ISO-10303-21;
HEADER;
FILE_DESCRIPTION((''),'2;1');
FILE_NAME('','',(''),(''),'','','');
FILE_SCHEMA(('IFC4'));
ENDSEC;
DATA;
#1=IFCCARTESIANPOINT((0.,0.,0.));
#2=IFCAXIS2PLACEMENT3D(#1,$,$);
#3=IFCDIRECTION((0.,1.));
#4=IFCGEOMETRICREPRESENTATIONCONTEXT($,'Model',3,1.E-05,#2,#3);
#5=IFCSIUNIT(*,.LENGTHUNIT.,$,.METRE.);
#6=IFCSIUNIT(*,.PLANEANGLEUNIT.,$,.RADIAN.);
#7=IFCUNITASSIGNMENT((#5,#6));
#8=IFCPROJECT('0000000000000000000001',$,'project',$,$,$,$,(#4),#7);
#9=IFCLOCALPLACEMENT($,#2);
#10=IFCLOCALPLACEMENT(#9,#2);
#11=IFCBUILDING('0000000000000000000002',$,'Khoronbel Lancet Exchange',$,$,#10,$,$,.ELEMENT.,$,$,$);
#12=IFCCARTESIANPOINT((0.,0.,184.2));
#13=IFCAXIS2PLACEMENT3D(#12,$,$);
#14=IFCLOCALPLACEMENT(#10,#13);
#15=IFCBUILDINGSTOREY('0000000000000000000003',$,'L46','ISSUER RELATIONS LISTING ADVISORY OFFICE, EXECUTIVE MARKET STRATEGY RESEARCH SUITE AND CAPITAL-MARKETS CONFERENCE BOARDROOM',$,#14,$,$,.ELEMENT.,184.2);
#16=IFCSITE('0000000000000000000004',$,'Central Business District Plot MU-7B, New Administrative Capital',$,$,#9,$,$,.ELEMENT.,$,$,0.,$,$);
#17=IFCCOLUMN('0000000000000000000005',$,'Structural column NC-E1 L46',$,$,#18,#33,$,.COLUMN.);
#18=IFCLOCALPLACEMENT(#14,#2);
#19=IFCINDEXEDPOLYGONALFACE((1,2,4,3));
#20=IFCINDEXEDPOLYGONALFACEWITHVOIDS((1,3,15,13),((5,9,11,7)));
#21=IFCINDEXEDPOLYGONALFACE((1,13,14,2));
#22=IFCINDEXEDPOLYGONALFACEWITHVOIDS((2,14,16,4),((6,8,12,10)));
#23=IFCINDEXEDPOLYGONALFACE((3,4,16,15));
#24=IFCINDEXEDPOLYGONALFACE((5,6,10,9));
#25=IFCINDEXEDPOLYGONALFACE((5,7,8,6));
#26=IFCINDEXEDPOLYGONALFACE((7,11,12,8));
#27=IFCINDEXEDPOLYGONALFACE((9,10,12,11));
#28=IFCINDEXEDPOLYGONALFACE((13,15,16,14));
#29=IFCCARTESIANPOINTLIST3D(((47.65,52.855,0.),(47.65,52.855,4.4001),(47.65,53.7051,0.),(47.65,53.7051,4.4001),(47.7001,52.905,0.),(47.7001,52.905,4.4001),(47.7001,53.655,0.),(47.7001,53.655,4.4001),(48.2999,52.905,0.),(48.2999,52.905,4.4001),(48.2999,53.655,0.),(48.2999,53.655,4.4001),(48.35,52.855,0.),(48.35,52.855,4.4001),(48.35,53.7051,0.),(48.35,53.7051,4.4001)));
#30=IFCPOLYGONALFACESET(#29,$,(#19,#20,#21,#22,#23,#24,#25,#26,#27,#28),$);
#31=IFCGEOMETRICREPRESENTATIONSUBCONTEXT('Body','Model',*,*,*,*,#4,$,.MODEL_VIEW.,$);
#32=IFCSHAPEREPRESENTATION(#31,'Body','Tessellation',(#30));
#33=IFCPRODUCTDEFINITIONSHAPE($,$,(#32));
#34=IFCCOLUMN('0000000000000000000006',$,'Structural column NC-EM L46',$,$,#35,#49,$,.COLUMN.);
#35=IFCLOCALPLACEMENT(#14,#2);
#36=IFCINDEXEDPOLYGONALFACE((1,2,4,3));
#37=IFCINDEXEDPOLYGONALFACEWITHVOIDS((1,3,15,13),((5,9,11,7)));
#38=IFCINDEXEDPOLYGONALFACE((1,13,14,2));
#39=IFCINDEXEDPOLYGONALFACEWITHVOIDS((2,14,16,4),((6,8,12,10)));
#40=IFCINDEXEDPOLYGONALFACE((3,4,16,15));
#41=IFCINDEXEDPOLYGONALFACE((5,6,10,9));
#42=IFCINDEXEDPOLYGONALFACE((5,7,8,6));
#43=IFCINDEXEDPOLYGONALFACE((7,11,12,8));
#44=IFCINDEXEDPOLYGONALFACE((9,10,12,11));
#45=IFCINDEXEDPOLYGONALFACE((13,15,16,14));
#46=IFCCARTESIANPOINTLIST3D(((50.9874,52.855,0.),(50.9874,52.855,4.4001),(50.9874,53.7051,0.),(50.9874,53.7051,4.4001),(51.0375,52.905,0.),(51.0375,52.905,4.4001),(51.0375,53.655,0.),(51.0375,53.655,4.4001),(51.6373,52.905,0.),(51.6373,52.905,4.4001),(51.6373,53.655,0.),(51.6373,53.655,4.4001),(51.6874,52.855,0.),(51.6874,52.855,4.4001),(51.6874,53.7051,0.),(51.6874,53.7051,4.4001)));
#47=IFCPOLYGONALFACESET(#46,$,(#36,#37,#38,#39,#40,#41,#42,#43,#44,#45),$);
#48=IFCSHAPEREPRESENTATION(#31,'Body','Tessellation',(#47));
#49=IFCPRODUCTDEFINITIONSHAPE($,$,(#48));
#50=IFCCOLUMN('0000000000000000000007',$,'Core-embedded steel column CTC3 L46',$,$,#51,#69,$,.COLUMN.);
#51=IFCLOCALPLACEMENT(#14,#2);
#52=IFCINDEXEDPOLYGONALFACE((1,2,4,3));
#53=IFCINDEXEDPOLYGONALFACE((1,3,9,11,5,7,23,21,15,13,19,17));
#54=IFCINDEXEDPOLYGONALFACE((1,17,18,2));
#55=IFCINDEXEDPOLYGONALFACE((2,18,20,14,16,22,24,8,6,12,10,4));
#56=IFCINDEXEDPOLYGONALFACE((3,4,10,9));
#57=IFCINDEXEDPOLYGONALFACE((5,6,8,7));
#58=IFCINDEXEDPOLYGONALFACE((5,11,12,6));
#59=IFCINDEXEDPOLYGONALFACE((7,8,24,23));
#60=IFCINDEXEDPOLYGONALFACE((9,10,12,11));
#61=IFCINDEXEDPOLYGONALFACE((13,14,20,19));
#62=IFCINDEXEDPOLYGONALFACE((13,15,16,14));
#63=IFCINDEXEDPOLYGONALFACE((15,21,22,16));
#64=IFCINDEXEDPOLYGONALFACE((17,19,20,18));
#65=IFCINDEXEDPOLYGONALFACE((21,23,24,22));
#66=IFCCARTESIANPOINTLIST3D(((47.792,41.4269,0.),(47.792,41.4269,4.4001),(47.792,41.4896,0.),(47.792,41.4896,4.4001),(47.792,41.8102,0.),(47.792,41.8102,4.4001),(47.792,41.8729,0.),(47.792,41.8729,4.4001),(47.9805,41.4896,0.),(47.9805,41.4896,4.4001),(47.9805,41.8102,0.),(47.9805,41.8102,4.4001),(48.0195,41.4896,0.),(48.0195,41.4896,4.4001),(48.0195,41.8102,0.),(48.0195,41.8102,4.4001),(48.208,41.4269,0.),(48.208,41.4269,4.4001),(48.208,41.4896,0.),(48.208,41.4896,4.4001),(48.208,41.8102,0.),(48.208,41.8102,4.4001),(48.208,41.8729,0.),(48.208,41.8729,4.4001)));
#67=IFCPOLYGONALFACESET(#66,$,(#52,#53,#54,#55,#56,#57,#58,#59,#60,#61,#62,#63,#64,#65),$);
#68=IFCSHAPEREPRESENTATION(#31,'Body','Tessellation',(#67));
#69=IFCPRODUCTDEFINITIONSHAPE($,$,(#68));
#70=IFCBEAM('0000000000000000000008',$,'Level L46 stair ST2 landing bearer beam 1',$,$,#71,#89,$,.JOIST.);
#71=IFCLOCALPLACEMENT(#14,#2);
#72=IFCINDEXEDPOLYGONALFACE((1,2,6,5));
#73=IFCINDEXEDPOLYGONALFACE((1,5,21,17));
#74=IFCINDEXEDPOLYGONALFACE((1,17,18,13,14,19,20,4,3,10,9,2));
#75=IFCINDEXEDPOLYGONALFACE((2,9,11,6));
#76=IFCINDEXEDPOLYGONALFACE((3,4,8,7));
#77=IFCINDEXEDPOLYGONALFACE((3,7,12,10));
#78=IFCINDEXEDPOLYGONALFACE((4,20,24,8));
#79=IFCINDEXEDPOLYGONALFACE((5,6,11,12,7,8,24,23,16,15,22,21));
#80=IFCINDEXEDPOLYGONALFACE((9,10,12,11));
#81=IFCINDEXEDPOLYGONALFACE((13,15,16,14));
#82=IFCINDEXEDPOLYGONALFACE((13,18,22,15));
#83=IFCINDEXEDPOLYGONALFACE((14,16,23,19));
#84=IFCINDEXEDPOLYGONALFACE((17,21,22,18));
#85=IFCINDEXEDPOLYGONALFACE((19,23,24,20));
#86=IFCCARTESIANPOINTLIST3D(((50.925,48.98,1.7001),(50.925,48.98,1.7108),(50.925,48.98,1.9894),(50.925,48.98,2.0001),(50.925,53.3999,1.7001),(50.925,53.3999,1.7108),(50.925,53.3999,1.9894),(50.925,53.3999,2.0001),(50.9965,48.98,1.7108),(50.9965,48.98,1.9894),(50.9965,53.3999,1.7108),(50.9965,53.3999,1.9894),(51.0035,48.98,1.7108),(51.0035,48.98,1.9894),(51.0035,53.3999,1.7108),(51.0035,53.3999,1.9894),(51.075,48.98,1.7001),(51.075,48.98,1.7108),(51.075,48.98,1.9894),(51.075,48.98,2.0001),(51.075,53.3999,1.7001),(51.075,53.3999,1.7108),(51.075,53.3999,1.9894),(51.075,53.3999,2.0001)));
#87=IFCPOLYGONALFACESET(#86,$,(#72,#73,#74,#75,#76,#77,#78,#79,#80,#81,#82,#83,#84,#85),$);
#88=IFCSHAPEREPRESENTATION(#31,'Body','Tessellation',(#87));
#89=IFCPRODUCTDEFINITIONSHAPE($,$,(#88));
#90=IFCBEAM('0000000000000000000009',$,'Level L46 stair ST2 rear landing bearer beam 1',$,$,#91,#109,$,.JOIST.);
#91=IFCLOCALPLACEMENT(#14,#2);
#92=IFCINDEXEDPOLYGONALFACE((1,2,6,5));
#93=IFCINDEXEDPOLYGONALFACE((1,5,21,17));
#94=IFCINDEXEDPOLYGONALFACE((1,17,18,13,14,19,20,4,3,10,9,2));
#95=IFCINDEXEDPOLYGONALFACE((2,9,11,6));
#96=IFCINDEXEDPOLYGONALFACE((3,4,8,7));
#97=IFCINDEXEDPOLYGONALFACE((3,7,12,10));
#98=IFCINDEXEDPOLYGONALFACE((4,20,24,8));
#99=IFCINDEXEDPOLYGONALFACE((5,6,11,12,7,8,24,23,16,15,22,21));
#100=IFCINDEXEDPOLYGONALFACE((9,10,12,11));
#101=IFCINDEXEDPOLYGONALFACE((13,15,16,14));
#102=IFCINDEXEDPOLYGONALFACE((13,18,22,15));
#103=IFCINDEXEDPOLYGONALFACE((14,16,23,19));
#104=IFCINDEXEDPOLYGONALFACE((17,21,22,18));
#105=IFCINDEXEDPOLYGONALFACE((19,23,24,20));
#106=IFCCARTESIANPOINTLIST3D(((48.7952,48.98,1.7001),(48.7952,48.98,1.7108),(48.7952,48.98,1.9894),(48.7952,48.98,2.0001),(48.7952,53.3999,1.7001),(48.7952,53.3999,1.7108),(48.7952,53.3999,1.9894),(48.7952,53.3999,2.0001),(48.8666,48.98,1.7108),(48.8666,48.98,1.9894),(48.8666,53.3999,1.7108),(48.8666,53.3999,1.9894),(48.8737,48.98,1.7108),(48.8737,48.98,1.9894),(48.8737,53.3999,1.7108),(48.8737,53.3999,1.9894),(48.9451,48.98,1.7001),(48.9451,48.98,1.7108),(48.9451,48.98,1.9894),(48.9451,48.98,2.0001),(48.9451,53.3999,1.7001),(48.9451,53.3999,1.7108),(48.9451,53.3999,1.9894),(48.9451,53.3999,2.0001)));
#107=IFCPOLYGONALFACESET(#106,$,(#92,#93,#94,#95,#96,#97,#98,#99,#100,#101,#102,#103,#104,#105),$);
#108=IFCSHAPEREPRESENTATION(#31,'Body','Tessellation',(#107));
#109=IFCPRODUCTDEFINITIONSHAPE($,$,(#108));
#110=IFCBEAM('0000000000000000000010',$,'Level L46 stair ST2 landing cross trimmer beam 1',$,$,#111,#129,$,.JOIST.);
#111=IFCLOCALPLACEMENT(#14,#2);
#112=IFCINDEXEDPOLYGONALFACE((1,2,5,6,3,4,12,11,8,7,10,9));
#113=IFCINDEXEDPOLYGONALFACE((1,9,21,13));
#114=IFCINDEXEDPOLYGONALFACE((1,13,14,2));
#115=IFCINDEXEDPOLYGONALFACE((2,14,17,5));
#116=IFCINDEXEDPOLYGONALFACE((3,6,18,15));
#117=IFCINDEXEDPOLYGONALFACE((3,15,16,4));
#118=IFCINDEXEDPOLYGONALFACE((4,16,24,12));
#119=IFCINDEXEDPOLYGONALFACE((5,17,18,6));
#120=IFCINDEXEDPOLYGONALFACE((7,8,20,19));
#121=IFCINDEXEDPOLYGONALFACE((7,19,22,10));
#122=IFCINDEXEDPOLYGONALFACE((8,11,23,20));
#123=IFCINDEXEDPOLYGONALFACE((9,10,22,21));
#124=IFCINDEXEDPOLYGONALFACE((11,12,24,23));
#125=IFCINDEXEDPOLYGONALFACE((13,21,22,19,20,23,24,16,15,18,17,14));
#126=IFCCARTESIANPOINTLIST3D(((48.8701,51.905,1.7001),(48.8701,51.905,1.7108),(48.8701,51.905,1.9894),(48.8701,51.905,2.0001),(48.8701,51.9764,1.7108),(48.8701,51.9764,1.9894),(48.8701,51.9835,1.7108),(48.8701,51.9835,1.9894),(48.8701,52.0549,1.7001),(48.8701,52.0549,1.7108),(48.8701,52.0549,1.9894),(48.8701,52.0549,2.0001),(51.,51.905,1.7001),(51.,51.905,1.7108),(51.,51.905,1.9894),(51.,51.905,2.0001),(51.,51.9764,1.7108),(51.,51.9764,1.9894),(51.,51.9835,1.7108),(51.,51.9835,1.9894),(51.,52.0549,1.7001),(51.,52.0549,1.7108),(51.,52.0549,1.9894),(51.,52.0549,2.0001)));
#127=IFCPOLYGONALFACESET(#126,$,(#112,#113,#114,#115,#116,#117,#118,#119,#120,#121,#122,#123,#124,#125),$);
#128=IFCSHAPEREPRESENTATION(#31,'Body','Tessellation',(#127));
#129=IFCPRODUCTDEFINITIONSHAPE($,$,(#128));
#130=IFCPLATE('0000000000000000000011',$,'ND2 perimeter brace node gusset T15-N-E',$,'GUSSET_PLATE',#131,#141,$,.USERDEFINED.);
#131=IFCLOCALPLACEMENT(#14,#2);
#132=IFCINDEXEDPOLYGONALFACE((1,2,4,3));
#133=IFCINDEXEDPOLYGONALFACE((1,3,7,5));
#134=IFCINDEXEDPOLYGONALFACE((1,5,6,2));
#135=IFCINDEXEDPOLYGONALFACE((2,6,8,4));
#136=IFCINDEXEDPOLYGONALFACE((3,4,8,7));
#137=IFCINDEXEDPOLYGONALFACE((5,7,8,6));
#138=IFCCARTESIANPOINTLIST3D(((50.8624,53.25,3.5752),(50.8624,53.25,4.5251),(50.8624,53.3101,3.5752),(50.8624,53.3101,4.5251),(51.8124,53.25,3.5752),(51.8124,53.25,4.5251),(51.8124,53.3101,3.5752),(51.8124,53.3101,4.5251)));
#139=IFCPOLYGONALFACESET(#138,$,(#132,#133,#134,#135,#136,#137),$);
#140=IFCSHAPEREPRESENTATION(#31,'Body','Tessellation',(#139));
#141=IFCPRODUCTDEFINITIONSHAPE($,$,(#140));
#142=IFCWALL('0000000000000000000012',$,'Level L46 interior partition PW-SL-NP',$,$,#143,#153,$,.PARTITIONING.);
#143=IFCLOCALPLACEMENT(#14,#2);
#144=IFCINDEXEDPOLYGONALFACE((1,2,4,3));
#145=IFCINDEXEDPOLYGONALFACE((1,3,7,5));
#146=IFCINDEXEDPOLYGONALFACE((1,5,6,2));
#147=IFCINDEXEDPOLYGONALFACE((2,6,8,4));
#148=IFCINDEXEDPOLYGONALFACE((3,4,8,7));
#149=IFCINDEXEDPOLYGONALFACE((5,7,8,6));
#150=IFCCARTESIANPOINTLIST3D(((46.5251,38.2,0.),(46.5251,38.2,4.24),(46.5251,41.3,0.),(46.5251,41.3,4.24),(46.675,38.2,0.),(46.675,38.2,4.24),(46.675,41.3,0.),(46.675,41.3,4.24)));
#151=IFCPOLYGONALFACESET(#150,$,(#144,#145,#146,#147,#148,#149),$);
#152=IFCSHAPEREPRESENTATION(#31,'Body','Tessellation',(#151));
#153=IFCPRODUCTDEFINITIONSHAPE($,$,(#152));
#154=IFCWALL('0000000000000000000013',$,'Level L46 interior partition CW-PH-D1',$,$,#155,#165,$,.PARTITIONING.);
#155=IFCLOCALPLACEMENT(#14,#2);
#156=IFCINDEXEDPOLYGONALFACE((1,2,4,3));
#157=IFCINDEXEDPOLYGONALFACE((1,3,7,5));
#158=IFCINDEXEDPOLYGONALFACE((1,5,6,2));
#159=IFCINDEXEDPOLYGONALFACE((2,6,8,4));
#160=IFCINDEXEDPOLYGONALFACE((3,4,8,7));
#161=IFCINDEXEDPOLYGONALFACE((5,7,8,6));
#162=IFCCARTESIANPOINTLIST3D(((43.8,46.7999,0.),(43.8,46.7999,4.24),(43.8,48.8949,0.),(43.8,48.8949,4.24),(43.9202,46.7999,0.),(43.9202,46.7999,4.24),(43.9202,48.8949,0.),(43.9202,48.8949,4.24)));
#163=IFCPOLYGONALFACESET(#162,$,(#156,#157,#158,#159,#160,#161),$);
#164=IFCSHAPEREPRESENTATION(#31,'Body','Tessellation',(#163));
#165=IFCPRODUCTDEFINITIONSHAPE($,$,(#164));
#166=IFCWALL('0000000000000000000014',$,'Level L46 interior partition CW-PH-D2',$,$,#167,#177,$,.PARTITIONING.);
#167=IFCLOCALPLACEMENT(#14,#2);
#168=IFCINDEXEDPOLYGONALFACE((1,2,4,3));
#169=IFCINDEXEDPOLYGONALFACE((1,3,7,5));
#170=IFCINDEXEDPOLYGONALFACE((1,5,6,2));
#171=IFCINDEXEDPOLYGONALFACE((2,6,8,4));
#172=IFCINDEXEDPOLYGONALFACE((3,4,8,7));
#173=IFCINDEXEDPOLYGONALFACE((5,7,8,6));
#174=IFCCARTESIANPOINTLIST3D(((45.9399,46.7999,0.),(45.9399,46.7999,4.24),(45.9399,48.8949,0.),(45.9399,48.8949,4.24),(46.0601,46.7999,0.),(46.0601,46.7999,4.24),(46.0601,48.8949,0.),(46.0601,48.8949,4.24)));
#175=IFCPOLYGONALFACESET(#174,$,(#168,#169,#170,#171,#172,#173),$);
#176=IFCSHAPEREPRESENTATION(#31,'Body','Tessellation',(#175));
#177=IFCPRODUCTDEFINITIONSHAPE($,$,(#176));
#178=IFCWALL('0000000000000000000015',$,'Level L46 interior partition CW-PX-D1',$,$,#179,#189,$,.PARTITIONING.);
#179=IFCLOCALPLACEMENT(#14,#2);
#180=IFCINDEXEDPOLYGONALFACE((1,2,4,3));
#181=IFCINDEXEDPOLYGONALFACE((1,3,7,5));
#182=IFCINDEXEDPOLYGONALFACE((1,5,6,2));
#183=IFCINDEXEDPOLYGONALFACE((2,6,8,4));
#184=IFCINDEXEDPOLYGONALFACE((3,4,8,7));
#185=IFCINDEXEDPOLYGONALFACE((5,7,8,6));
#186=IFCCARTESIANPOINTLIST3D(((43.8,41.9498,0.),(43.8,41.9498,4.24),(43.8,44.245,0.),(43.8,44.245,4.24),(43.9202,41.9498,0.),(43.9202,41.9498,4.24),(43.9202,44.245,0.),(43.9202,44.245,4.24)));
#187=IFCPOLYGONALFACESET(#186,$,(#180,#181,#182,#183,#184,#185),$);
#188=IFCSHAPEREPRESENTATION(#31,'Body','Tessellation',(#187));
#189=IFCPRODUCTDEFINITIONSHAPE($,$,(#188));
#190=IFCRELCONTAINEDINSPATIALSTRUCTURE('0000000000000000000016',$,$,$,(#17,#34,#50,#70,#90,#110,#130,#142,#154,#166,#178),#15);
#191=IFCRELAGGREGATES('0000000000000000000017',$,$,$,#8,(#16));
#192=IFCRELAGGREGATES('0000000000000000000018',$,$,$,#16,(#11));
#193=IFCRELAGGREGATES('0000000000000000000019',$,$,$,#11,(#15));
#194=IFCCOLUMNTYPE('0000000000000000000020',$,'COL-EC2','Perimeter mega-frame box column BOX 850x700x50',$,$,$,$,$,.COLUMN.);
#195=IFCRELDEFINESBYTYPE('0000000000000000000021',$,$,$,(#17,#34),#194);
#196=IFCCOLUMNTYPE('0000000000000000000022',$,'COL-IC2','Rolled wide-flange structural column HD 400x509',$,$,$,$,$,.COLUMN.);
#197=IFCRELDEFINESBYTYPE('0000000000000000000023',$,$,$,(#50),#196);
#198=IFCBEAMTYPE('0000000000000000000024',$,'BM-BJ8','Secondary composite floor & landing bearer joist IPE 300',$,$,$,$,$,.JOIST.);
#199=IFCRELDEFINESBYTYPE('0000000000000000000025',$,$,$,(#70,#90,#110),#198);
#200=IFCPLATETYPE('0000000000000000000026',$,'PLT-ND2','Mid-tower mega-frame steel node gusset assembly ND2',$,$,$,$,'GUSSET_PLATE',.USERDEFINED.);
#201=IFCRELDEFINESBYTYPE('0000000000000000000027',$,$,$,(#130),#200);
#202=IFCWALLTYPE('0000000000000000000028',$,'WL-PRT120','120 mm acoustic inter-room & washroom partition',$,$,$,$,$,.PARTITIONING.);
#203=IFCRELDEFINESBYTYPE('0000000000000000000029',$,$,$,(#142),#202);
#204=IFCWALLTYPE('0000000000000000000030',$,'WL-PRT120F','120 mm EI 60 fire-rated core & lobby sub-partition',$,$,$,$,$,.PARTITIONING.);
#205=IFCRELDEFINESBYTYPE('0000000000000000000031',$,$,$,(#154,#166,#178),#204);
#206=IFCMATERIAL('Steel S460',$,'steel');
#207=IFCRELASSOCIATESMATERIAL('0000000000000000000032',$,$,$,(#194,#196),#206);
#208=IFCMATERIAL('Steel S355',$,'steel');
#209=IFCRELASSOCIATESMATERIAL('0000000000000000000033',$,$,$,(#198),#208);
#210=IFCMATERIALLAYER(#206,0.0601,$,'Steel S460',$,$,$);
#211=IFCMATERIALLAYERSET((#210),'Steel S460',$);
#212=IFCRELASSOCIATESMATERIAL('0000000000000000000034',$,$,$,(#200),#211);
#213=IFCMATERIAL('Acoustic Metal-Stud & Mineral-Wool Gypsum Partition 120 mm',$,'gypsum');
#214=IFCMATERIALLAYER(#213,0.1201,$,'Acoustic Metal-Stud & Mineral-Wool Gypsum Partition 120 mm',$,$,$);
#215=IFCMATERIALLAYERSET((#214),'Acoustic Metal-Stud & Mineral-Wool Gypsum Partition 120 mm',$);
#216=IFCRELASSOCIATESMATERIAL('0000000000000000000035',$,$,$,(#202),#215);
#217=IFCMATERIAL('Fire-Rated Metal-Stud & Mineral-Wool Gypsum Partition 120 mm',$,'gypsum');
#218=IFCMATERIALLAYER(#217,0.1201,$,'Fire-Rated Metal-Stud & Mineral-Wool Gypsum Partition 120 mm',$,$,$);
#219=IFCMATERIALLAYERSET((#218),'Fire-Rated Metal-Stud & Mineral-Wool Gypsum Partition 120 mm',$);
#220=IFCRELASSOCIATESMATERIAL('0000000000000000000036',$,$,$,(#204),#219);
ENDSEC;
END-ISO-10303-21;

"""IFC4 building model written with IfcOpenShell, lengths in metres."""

from ifc_helpers import new_model, si_unit, direction, frame, frame_2d, origin, origin_2d, place, context, subcontext, project, spatial, rectangle, hollow_rectangle, i_section, extrude, material, layer, layer_set, material_profile, profile_set, type_object, element, save


model = new_model("IFC4")

# Units and contexts
model_context = context("Model", 3, precision=1e-05, world=origin(), true_north=direction((0.0, 1.0)))
body_context = subcontext(model_context, "Body", "Model", "MODEL_VIEW")
ifc_project = project(units=[si_unit("LENGTHUNIT", "METRE"), si_unit("PLANEANGLEUNIT", "RADIAN")], contexts=[model_context])

# Site, building, storey
site_placement = place(None, origin())
site = spatial("IfcSite", under=ifc_project, at=site_placement, Name="Central Business District Plot MU-7B, New Administrative Capital", CompositionType="ELEMENT", RefElevation=0.0)
building_placement = place(site_placement, origin())
building = spatial("IfcBuilding", under=site, at=building_placement, Name="Khoronbel Lancet Exchange", CompositionType="ELEMENT")
storey_placement = place(building_placement, frame((0.0, 0.0, 184.2)))
storey = spatial("IfcBuildingStorey", under=building, at=storey_placement, Name="L46", Description="ISSUER RELATIONS LISTING ADVISORY OFFICE, EXECUTIVE MARKET STRATEGY RESEARCH SUITE AND CAPITAL-MARKETS CONFERENCE BOARDROOM", CompositionType="ELEMENT", Elevation=184.2)

# Columns
ifc_material_1 = material(Name="Steel S460", Category="steel")
ifc_material_profile_1 = material_profile(ifc_material_1, hollow_rectangle(XDim=0.7, YDim=0.8501, WallThickness=0.05, at=origin_2d()), Name="BOX 850x700x50")
ifc_profile_set_1 = profile_set([ifc_material_profile_1], Name="Steel S460")
column_type_1 = type_object("IfcColumnType", Name="COL-EC2", Description="Perimeter mega-frame box column BOX 850x700x50", PredefinedType="COLUMN", material=ifc_profile_set_1)
for number, where, z_axis, x_axis, name in (
    (1, (48.0, 53.28, 0.0), (0.0, 0.0, 1.0), (1.0, 0.0, 0.0), "Structural column NC-E1 L46"),
    (2, (51.3374, 53.28, 0.0), (0.0, 0.0, 1.0), (1.0, 0.0, 0.0), "Structural column NC-EM L46"),
):
    element("IfcColumn", number, at=place(storey_placement, frame(where, z_axis=z_axis, x_axis=x_axis)), inside=storey, type_object=column_type_1, Name=name, PredefinedType="COLUMN", context=body_context, shape_type="SweptSolid", body=[
        extrude(hollow_rectangle(XDim=0.7, YDim=0.8501, WallThickness=0.05, at=origin_2d()), origin(), (0.0, 0.0, 1.0), 4.4001),
    ])
ifc_material_profile_2 = material_profile(ifc_material_1, i_section(OverallWidth=0.416, OverallDepth=0.446, WebThickness=0.0391, FlangeThickness=0.0627, at=origin_2d()), Name="HD 400x509")
ifc_profile_set_2 = profile_set([ifc_material_profile_2], Name="Steel S460")
column_type_2 = type_object("IfcColumnType", Name="COL-IC2", Description="Rolled wide-flange structural column HD 400x509", PredefinedType="COLUMN", material=ifc_profile_set_2)
column_placement = place(storey_placement, frame((48.0, 41.6499, 0.0), z_axis=(0.0, 0.0, 1.0), x_axis=(1.0, 0.0, 0.0)))
element("IfcColumn", 3, at=column_placement, inside=storey, type_object=column_type_2, Name="Core-embedded steel column CTC3 L46", PredefinedType="COLUMN", context=body_context, shape_type="SweptSolid", body=[
    extrude(i_section(OverallWidth=0.416, OverallDepth=0.446, WebThickness=0.0391, FlangeThickness=0.0627, at=origin_2d()), origin(), (0.0, 0.0, 1.0), 4.4001),
])

# Beams
ifc_material_2 = material(Name="Steel S355", Category="steel")
ifc_material_profile_3 = material_profile(ifc_material_2, i_section(OverallWidth=0.1499, OverallDepth=0.3, WebThickness=0.0071, FlangeThickness=0.0107, at=origin_2d()), Name="IPE 300")
ifc_profile_set_3 = profile_set([ifc_material_profile_3], Name="Steel S355")
beam_type = type_object("IfcBeamType", Name="BM-BJ8", Description="Secondary composite floor & landing bearer joist IPE 300", PredefinedType="JOIST", material=ifc_profile_set_3)
for number, where, z_axis, x_axis, name in (
    (4, (51.0, 48.98, 1.8501), (0.0, 1.0, 0.0), (-1.0, 0.0, 0.0), "Level L46 stair ST2 landing bearer beam 1"),
    (5, (48.8701, 48.98, 1.8501), (0.0, 1.0, 0.0), (-1.0, 0.0, 0.0), "Level L46 stair ST2 rear landing bearer beam 1"),
):
    element("IfcBeam", number, at=place(storey_placement, frame(where, z_axis=z_axis, x_axis=x_axis)), inside=storey, type_object=beam_type, Name=name, PredefinedType="JOIST", context=body_context, shape_type="SweptSolid", body=[
        extrude(i_section(OverallWidth=0.1499, OverallDepth=0.3, WebThickness=0.0071, FlangeThickness=0.0107, at=origin_2d()), origin(), (0.0, 0.0, 1.0), 4.4199),
    ])
beam_placement = place(storey_placement, frame((48.8701, 51.98, 1.8501), z_axis=(1.0, 0.0, 0.0), x_axis=(0.0, 1.0, 0.0)))
element("IfcBeam", 6, at=beam_placement, inside=storey, type_object=beam_type, Name="Level L46 stair ST2 landing cross trimmer beam 1", PredefinedType="JOIST", context=body_context, shape_type="SweptSolid", body=[
    extrude(i_section(OverallWidth=0.1499, OverallDepth=0.3, WebThickness=0.0071, FlangeThickness=0.0107, at=origin_2d()), origin(), (0.0, 0.0, 1.0), 2.1299),
])

# Plate
ifc_layer_1 = layer(ifc_material_1, 0.0601, Name="Steel S460")
ifc_layer_set_1 = layer_set([ifc_layer_1], Name="Steel S460")
plate_type = type_object("IfcPlateType", Name="PLT-ND2", Description="Mid-tower mega-frame steel node gusset assembly ND2", ElementType="GUSSET_PLATE", PredefinedType="USERDEFINED", material=ifc_layer_set_1)
plate_placement = place(storey_placement, frame((51.3374, 53.28, 3.5752), z_axis=(0.0, 0.0, 1.0), x_axis=(1.0, 0.0, 0.0)))
element("IfcPlate", 7, at=plate_placement, inside=storey, type_object=plate_type, Name="ND2 perimeter brace node gusset T15-N-E", ObjectType="GUSSET_PLATE", PredefinedType="USERDEFINED", context=body_context, shape_type="SweptSolid", body=[
    extrude(rectangle(XDim=0.95, YDim=0.0601, at=origin_2d()), origin(), (0.0, 0.0, 1.0), 0.95),
])

# Walls
ifc_material_3 = material(Name="Acoustic Metal-Stud & Mineral-Wool Gypsum Partition 120 mm", Category="gypsum")
ifc_layer_2 = layer(ifc_material_3, 0.1201, Name="Acoustic Metal-Stud & Mineral-Wool Gypsum Partition 120 mm")
ifc_layer_set_2 = layer_set([ifc_layer_2], Name="Acoustic Metal-Stud & Mineral-Wool Gypsum Partition 120 mm")
wall_type_1 = type_object("IfcWallType", Name="WL-PRT120", Description="120 mm acoustic inter-room & washroom partition", PredefinedType="PARTITIONING", material=ifc_layer_set_2)
wall_1_placement = place(storey_placement, frame((46.6001, 38.2, 0.0), z_axis=(0.0, 0.0, 1.0), x_axis=(0.0, 1.0, 0.0)))
element("IfcWall", 8, at=wall_1_placement, inside=storey, type_object=wall_type_1, Name="Level L46 interior partition PW-SL-NP", PredefinedType="PARTITIONING", context=body_context, shape_type="SweptSolid", body=[
    extrude(rectangle(XDim=3.1001, YDim=0.1499, at=frame_2d((1.55, 0.0))), origin(), (0.0, 0.0, 1.0), 4.24),
])
ifc_material_4 = material(Name="Fire-Rated Metal-Stud & Mineral-Wool Gypsum Partition 120 mm", Category="gypsum")
ifc_layer_3 = layer(ifc_material_4, 0.1201, Name="Fire-Rated Metal-Stud & Mineral-Wool Gypsum Partition 120 mm")
ifc_layer_set_3 = layer_set([ifc_layer_3], Name="Fire-Rated Metal-Stud & Mineral-Wool Gypsum Partition 120 mm")
wall_type_2 = type_object("IfcWallType", Name="WL-PRT120F", Description="120 mm EI 60 fire-rated core & lobby sub-partition", PredefinedType="PARTITIONING", material=ifc_layer_set_3)
for number, where, z_axis, x_axis, name in (
    (9, (43.8601, 46.8, 0.0), (0.0, 0.0, 1.0), (0.0, 1.0, 0.0), "Level L46 interior partition CW-PH-D1"),
    (10, (46.0, 46.8, 0.0), (0.0, 0.0, 1.0), (0.0, 1.0, 0.0), "Level L46 interior partition CW-PH-D2"),
):
    element("IfcWall", number, at=place(storey_placement, frame(where, z_axis=z_axis, x_axis=x_axis)), inside=storey, type_object=wall_type_2, Name=name, PredefinedType="PARTITIONING", context=body_context, shape_type="SweptSolid", body=[
        extrude(rectangle(XDim=2.095, YDim=0.1201, at=frame_2d((1.0474, 0.0))), origin(), (0.0, 0.0, 1.0), 4.24),
    ])
for number, where, z_axis, x_axis, name in (
    (11, (43.8601, 41.95, 0.0), (0.0, 0.0, 1.0), (0.0, 1.0, 0.0), "Level L46 interior partition CW-PX-D1"),
):
    element("IfcWall", number, at=place(storey_placement, frame(where, z_axis=z_axis, x_axis=x_axis)), inside=storey, type_object=wall_type_2, Name=name, PredefinedType="PARTITIONING", context=body_context, shape_type="SweptSolid", body=[
        extrude(rectangle(XDim=2.2952, YDim=0.1201, at=frame_2d((1.1475, 0.0))), origin(), (0.0, 0.0, 1.0), 4.24),
    ])

save(model, "model.ifc")
